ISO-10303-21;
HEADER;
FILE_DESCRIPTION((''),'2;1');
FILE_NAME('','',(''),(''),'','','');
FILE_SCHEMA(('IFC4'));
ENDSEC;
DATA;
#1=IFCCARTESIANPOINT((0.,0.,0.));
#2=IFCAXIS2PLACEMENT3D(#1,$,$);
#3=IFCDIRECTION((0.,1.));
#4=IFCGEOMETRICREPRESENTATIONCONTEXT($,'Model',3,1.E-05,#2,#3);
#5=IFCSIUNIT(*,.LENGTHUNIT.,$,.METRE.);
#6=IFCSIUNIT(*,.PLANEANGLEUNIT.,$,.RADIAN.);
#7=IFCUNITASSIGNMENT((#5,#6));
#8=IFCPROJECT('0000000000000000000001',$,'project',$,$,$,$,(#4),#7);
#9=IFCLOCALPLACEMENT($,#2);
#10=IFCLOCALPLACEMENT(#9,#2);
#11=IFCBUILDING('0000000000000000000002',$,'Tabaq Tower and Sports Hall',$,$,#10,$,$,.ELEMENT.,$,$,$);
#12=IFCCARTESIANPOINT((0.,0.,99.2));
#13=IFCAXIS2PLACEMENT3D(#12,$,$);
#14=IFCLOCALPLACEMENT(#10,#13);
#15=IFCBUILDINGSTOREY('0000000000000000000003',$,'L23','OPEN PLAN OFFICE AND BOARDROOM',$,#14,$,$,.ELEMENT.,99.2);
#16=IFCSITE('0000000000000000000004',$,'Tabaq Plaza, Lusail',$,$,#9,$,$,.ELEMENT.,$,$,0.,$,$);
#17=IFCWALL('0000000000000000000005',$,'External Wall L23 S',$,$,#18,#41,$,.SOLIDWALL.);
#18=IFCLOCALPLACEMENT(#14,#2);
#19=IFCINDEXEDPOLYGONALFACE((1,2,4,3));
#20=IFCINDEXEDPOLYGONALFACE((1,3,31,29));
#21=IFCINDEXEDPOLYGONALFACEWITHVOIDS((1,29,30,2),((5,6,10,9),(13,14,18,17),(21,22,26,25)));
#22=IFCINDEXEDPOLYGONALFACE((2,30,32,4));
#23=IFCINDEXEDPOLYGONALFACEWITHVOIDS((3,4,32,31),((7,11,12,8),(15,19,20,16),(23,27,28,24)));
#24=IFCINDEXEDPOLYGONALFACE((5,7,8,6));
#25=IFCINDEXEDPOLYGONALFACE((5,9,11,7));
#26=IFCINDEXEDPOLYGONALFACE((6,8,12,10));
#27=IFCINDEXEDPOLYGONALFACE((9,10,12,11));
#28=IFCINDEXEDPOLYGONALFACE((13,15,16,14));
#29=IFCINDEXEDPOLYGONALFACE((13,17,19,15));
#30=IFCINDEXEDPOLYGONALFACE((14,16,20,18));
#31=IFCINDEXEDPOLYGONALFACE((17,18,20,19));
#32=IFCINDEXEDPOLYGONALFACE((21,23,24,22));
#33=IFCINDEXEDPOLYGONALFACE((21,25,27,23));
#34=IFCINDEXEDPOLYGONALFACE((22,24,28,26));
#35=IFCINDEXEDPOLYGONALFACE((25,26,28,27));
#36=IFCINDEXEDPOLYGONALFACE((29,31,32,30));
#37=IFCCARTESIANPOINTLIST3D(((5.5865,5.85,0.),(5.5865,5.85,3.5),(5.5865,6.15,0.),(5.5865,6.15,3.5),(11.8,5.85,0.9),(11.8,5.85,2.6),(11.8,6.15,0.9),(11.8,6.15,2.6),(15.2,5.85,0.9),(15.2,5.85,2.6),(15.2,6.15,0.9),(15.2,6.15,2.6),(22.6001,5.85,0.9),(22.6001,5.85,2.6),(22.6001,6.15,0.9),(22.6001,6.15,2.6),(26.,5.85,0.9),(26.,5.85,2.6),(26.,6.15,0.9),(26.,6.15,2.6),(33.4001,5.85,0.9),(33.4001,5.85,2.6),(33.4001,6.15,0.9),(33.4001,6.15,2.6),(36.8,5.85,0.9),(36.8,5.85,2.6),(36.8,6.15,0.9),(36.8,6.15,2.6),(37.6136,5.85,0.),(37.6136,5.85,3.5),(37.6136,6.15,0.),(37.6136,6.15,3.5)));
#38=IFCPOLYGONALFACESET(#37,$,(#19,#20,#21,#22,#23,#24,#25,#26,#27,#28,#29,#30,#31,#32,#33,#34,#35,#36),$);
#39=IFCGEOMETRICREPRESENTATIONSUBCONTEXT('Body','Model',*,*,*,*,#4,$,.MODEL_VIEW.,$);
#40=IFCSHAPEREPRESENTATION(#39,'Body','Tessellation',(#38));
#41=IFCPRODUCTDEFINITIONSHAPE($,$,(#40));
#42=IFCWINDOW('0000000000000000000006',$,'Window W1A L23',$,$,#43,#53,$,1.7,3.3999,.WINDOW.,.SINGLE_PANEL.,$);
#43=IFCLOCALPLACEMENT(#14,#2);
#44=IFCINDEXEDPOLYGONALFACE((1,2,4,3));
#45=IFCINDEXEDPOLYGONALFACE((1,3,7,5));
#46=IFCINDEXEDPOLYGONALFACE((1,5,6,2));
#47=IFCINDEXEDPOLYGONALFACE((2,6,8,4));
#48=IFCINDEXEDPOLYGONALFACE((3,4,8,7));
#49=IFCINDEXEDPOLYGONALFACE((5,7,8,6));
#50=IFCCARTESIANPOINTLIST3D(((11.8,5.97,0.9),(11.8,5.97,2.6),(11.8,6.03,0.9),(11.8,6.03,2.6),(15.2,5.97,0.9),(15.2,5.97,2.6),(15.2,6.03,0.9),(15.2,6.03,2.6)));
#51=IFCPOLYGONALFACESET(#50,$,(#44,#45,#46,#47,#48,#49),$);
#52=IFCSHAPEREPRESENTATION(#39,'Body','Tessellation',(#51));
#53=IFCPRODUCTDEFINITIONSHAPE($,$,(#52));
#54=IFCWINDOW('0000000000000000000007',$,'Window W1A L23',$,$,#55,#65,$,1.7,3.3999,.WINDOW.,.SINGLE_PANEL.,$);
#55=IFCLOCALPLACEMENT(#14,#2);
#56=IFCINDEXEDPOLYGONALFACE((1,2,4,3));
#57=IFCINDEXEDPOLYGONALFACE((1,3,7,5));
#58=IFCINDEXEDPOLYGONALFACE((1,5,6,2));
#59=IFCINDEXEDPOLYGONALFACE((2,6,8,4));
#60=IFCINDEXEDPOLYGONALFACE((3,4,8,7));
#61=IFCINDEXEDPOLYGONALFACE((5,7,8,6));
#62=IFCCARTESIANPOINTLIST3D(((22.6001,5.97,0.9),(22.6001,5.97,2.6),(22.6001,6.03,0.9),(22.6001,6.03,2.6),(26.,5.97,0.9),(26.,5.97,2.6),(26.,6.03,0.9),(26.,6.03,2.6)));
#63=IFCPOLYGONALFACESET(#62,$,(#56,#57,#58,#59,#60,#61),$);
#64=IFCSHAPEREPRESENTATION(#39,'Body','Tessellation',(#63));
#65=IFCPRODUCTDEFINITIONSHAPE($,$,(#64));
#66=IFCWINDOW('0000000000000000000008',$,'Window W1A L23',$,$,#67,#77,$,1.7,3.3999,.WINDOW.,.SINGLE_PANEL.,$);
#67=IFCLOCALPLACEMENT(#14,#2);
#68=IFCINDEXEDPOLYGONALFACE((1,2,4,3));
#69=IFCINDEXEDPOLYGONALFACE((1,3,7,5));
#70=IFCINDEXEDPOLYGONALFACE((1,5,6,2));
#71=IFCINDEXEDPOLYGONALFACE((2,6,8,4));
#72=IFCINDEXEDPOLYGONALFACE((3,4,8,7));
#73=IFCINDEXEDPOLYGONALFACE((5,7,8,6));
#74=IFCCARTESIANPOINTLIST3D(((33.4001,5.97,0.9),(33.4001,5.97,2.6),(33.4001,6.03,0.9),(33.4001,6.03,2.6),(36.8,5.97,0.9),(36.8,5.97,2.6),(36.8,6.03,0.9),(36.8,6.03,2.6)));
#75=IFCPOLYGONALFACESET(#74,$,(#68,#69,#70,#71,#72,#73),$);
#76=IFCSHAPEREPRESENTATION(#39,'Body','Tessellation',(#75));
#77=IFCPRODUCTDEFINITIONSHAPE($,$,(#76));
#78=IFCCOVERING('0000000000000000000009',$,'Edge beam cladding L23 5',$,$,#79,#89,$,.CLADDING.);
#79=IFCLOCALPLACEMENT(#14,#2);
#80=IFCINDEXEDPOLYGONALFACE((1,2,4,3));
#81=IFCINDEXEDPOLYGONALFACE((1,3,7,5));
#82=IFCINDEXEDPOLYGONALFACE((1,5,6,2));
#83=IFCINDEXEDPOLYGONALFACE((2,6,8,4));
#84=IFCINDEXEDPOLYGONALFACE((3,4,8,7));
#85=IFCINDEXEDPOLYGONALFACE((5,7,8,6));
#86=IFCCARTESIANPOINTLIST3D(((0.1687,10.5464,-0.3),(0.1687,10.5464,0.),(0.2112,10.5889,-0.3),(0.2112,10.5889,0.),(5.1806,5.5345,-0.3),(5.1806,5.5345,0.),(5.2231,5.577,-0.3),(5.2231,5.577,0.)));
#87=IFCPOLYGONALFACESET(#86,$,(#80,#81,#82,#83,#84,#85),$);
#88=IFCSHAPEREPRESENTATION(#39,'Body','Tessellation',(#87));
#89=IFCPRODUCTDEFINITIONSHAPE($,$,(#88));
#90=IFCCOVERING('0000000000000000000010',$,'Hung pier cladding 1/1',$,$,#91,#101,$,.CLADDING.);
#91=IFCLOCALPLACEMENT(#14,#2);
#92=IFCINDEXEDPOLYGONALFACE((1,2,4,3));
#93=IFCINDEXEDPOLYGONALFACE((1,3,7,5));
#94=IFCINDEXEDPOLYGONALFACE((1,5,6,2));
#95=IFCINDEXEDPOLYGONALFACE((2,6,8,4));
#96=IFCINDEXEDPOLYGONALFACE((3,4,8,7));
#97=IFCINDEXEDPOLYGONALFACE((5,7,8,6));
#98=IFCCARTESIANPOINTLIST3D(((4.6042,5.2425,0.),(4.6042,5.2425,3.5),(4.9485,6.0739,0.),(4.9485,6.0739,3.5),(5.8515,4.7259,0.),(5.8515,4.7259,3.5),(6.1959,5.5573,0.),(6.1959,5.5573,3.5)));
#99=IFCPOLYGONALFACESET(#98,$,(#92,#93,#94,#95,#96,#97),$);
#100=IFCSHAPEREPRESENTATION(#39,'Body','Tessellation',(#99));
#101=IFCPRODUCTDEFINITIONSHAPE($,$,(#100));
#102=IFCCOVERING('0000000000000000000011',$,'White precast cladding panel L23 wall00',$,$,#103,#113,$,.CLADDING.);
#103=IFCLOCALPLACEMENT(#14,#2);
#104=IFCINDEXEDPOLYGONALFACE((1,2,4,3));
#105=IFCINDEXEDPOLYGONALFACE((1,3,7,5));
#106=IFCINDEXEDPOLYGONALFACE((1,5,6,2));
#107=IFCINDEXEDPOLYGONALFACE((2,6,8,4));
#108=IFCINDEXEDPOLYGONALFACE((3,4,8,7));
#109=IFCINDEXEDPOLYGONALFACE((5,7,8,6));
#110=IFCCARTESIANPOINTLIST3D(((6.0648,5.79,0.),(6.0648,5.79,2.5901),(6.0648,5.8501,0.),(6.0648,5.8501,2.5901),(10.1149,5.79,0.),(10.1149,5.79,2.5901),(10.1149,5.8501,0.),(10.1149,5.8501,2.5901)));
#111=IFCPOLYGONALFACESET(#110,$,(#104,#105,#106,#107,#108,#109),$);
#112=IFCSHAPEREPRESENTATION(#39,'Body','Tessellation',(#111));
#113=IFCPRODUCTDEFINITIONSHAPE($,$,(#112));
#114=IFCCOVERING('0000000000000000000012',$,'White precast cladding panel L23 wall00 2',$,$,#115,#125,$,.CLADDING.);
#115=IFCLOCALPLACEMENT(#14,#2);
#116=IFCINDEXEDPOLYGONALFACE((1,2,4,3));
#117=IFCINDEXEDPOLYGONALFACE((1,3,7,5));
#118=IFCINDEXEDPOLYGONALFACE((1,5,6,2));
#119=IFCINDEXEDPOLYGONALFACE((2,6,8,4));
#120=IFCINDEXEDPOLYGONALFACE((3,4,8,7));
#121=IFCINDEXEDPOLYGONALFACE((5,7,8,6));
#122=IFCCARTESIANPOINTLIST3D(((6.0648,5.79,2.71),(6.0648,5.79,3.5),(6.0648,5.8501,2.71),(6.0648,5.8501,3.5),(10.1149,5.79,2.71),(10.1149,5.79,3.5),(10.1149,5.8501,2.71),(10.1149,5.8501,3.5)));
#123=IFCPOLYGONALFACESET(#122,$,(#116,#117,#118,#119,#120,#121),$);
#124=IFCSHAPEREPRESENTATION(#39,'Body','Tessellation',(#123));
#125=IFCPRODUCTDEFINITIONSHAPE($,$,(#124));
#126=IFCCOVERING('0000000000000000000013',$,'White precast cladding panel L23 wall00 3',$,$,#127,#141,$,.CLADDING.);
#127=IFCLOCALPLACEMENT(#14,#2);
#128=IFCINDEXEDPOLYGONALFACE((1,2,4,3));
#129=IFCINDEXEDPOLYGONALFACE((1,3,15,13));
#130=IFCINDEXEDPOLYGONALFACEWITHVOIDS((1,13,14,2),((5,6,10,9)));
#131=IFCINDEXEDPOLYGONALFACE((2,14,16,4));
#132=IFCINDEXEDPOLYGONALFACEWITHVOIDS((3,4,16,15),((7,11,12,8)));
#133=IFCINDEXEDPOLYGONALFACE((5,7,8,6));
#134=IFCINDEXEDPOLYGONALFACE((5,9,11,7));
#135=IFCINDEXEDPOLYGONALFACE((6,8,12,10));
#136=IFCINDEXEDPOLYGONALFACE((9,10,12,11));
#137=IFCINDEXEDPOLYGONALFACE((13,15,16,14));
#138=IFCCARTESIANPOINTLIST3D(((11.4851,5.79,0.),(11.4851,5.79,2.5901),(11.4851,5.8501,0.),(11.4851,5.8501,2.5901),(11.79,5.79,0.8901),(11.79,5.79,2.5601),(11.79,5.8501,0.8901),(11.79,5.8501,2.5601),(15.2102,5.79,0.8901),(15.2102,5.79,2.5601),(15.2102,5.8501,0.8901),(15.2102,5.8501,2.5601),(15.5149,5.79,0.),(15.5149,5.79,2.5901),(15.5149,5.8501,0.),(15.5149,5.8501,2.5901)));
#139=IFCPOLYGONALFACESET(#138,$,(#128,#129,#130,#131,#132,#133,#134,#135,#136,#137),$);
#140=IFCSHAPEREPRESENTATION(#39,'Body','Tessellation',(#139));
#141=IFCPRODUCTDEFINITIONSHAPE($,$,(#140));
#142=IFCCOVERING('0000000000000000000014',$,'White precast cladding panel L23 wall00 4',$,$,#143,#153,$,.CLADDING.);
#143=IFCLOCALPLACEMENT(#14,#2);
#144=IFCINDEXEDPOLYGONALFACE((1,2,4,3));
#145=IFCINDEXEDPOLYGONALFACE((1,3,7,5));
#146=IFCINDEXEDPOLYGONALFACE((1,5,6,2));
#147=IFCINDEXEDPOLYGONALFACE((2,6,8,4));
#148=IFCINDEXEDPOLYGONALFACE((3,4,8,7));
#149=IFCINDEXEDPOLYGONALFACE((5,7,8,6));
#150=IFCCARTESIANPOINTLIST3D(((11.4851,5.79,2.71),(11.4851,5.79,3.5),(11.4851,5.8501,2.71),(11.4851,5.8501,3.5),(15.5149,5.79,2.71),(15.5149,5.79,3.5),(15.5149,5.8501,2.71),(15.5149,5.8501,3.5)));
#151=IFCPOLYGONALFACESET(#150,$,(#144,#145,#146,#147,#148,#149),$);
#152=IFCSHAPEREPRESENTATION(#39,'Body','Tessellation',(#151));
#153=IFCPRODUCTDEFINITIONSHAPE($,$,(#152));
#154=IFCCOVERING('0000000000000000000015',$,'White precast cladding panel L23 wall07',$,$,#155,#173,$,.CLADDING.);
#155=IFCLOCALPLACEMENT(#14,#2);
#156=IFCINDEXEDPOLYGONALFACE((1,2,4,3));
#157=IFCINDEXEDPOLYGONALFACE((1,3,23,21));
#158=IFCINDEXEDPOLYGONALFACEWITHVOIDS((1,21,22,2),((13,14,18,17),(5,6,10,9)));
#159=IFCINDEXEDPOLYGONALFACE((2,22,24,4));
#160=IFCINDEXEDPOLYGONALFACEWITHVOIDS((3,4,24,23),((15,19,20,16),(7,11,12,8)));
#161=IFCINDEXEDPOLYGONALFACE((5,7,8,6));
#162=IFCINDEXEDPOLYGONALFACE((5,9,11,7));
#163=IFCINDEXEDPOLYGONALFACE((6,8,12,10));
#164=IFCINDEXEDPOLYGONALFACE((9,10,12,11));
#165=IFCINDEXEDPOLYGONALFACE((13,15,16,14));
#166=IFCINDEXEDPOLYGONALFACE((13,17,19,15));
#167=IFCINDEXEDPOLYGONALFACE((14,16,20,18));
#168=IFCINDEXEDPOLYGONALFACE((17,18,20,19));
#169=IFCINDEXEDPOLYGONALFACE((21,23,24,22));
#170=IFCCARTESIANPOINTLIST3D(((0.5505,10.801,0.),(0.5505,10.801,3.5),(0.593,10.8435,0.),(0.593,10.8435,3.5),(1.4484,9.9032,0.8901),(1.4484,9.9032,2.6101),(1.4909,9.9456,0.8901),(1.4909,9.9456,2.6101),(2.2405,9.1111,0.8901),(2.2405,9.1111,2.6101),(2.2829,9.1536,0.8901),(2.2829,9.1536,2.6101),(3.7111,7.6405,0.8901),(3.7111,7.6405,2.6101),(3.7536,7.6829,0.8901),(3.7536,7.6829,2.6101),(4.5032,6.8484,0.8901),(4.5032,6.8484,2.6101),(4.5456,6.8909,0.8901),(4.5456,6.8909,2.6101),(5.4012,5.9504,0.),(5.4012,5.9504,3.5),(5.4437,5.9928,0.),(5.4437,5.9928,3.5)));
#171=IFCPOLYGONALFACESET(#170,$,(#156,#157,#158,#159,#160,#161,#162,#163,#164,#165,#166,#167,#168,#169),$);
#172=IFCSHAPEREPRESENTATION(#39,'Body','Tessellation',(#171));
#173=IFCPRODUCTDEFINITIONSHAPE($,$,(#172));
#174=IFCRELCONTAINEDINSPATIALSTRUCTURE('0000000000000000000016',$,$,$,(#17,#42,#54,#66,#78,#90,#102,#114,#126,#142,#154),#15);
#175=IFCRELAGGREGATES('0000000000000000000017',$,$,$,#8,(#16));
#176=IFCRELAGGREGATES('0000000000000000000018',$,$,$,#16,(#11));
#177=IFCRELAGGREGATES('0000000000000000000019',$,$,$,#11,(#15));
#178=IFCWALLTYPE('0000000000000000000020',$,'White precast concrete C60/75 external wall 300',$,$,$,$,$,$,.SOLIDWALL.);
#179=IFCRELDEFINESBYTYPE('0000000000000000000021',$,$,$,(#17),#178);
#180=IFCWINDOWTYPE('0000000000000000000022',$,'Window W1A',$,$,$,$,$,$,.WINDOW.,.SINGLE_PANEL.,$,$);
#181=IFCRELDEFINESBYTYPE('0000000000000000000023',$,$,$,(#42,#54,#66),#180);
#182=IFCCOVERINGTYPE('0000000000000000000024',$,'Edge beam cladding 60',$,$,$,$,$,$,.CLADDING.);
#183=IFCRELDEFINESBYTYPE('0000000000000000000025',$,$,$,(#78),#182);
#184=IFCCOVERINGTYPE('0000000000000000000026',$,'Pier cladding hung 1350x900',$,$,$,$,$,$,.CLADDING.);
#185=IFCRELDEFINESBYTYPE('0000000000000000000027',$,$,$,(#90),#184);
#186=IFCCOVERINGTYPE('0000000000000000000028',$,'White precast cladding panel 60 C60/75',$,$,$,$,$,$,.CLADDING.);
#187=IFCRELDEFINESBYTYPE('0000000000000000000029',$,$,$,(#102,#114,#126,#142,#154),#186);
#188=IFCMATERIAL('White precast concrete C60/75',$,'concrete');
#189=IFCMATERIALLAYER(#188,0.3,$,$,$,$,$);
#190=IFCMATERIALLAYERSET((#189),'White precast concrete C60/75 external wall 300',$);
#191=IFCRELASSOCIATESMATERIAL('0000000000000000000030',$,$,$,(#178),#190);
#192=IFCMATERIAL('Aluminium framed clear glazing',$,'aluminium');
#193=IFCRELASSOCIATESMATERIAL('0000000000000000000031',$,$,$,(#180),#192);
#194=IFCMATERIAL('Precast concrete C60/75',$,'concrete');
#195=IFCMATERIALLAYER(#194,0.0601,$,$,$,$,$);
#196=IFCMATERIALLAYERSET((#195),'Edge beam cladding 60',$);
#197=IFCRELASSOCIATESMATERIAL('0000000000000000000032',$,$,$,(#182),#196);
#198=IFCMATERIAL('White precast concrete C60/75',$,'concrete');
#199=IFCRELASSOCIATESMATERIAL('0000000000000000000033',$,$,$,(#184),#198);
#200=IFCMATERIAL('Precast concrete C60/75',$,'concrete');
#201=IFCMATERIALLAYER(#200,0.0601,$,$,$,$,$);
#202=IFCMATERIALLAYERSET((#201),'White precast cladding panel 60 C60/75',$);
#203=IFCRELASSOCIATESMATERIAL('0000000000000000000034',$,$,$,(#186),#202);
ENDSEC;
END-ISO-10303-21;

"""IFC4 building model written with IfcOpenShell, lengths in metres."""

from ifc_helpers import new_model, si_unit, direction, frame, frame_2d, origin, place, context, subcontext, project, spatial, polyline, rectangle, outline, extrude, material, layer, layer_set, type_object, element, fill, save


model = new_model("IFC4")

# Units and contexts
model_context = context("Model", 3, precision=1e-05, world=origin(), true_north=direction((0.0, 1.0)))
body_context = subcontext(model_context, "Body", "Model", "MODEL_VIEW")
ifc_project = project(units=[si_unit("LENGTHUNIT", "METRE"), si_unit("PLANEANGLEUNIT", "RADIAN")], contexts=[model_context])

# Site, building, storey
site_placement = place(None, origin())
site = spatial("IfcSite", under=ifc_project, at=site_placement, Name="Tabaq Plaza, Lusail", CompositionType="ELEMENT", RefElevation=0.0)
building_placement = place(site_placement, origin())
building = spatial("IfcBuilding", under=site, at=building_placement, Name="Tabaq Tower and Sports Hall", CompositionType="ELEMENT")
storey_placement = place(building_placement, frame((0.0, 0.0, 99.2)))
storey = spatial("IfcBuildingStorey", under=building, at=storey_placement, Name="L23", Description="OPEN PLAN OFFICE AND BOARDROOM", CompositionType="ELEMENT", Elevation=99.2)

# Wall, openings, windows
ifc_material_1 = material(Name="White precast concrete C60/75", Category="concrete")
ifc_layer_1 = layer(ifc_material_1, 0.3)
ifc_layer_set_1 = layer_set([ifc_layer_1], Name="White precast concrete C60/75 external wall 300")
wall_type_1 = type_object("IfcWallType", Name="White precast concrete C60/75 external wall 300", PredefinedType="SOLIDWALL", material=ifc_layer_set_1)
wall_1_placement = place(storey_placement, frame((5.5864, 6.0, 0.0), z_axis=(0.0, 0.0, 1.0), x_axis=(1.0, 0.0, 0.0)))
wall_1 = element("IfcWall", 1, at=wall_1_placement, inside=storey, type_object=wall_type_1, Name="External Wall L23 S", PredefinedType="SOLIDWALL", context=body_context, shape_type="SweptSolid", body=[
    extrude(rectangle(XDim=32.0271, YDim=0.3, at=frame_2d((16.0137, 0.0))), origin(), (0.0, 0.0, 1.0), 3.5),
])
opening_1_placement = place(wall_1_placement, frame((6.2136, 0.0, 0.8999)))
opening_1 = element("IfcOpeningElement", 2, at=opening_1_placement, cuts=wall_1, PredefinedType="OPENING", context=body_context, shape_type="SweptSolid", body=[
    extrude(rectangle(XDim=3.3999, YDim=1.7, at=frame_2d((1.7, 0.8501))), frame((0.0, 0.1602, 0.0), z_axis=(0.0, -1.0, 0.0), x_axis=(1.0, 0.0, 0.0)), (0.0, 0.0, 1.0), 0.3201),
])
opening_2_placement = place(wall_1_placement, frame((17.0137, 0.0, 0.8999)))
opening_2 = element("IfcOpeningElement", 3, at=opening_2_placement, cuts=wall_1, PredefinedType="OPENING", context=body_context, shape_type="SweptSolid", body=[
    extrude(rectangle(XDim=3.3999, YDim=1.7, at=frame_2d((1.7, 0.8501))), frame((0.0, 0.1602, 0.0), z_axis=(0.0, -1.0, 0.0), x_axis=(1.0, 0.0, 0.0)), (0.0, 0.0, 1.0), 0.3201),
])
opening_3_placement = place(wall_1_placement, frame((27.8137, 0.0, 0.8999)))
opening_3 = element("IfcOpeningElement", 4, at=opening_3_placement, cuts=wall_1, PredefinedType="OPENING", context=body_context, shape_type="SweptSolid", body=[
    extrude(rectangle(XDim=3.3999, YDim=1.7, at=frame_2d((1.7, 0.8501))), frame((0.0, 0.1602, 0.0), z_axis=(0.0, -1.0, 0.0), x_axis=(1.0, 0.0, 0.0)), (0.0, 0.0, 1.0), 0.3201),
])
ifc_material_2 = material(Name="Aluminium framed clear glazing", Category="aluminium")
window_type = type_object("IfcWindowType", Name="Window W1A", PartitioningType="SINGLE_PANEL", PredefinedType="WINDOW", material=ifc_material_2)
window_1_placement = place(opening_1_placement, origin())
window_1 = element("IfcWindow", 5, at=window_1_placement, inside=storey, type_object=window_type, Name="Window W1A L23", OverallHeight=1.7, OverallWidth=3.3999, PartitioningType="SINGLE_PANEL", PredefinedType="WINDOW", context=body_context, shape_type="SweptSolid", body=[
    extrude(rectangle(XDim=3.3999, YDim=1.7, at=frame_2d((1.7, 0.8501))), frame((0.0, 0.03, 0.0), z_axis=(0.0, -1.0, 0.0), x_axis=(1.0, 0.0, 0.0)), (0.0, 0.0, 1.0), 0.0601),
])
fill(opening_1, window_1)
window_2_placement = place(opening_2_placement, origin())
window_2 = element("IfcWindow", 6, at=window_2_placement, inside=storey, type_object=window_type, Name="Window W1A L23", OverallHeight=1.7, OverallWidth=3.3999, PartitioningType="SINGLE_PANEL", PredefinedType="WINDOW", context=body_context, shape_type="SweptSolid", body=[
    extrude(rectangle(XDim=3.3999, YDim=1.7, at=frame_2d((1.7, 0.8501))), frame((0.0, 0.03, 0.0), z_axis=(0.0, -1.0, 0.0), x_axis=(1.0, 0.0, 0.0)), (0.0, 0.0, 1.0), 0.0601),
])
fill(opening_2, window_2)
window_3_placement = place(opening_3_placement, origin())
window_3 = element("IfcWindow", 7, at=window_3_placement, inside=storey, type_object=window_type, Name="Window W1A L23", OverallHeight=1.7, OverallWidth=3.3999, PartitioningType="SINGLE_PANEL", PredefinedType="WINDOW", context=body_context, shape_type="SweptSolid", body=[
    extrude(rectangle(XDim=3.3999, YDim=1.7, at=frame_2d((1.7, 0.8501))), frame((0.0, 0.03, 0.0), z_axis=(0.0, -1.0, 0.0), x_axis=(1.0, 0.0, 0.0)), (0.0, 0.0, 1.0), 0.0601),
])
fill(opening_3, window_3)

# Coverings
ifc_material_3 = material(Name="Precast concrete C60/75", Category="concrete")
ifc_layer_2 = layer(ifc_material_3, 0.0601)
ifc_layer_set_2 = layer_set([ifc_layer_2], Name="Edge beam cladding 60")
covering_type_1 = type_object("IfcCoveringType", Name="Edge beam cladding 60", PredefinedType="CLADDING", material=ifc_layer_set_2)
covering_1_placement = place(storey_placement, frame((0.1899, 10.5676, -0.3), z_axis=(0.0, 0.0, 1.0), x_axis=(0.707107, -0.707107, 0.0)))
element("IfcCovering", 8, at=covering_1_placement, inside=storey, type_object=covering_type_1, Name="Edge beam cladding L23 5", PredefinedType="CLADDING", context=body_context, shape_type="SweptSolid", body=[
    extrude(rectangle(XDim=7.0879, YDim=0.0601, at=frame_2d((3.5439, 0.0))), origin(), (0.0, 0.0, 1.0), 0.3),
])
ifc_material_4 = material(Name="White precast concrete C60/75", Category="concrete")
covering_type_2 = type_object("IfcCoveringType", Name="Pier cladding hung 1350x900", PredefinedType="CLADDING", material=ifc_material_4)
covering_2_placement = place(storey_placement, frame((4.7764, 5.6582, 0.0), z_axis=(0.0, 0.0, 1.0), x_axis=(0.923893, -0.38265, 0.0)))
element("IfcCovering", 9, at=covering_2_placement, inside=storey, type_object=covering_type_2, Name="Hung pier cladding 1/1", PredefinedType="CLADDING", context=body_context, shape_type="SweptSolid", body=[
    extrude(rectangle(XDim=1.3501, YDim=0.8999, at=frame_2d((0.675, 0.0))), origin(), (0.0, 0.0, 1.0), 3.5),
])
ifc_material_5 = material(Name="Precast concrete C60/75", Category="concrete")
ifc_layer_3 = layer(ifc_material_5, 0.0601)
ifc_layer_set_3 = layer_set([ifc_layer_3], Name="White precast cladding panel 60 C60/75")
covering_type_3 = type_object("IfcCoveringType", Name="White precast cladding panel 60 C60/75", PredefinedType="CLADDING", material=ifc_layer_set_3)
covering_3_placement = place(storey_placement, frame((6.0649, 5.8201, 0.0), z_axis=(0.0, 0.0, 1.0), x_axis=(1.0, 0.0, 0.0)))
element("IfcCovering", 10, at=covering_3_placement, inside=storey, type_object=covering_type_3, Name="White precast cladding panel L23 wall00", PredefinedType="CLADDING", context=body_context, shape_type="SweptSolid", body=[
    extrude(rectangle(XDim=4.05, YDim=0.0601, at=frame_2d((2.0249, 0.0))), origin(), (0.0, 0.0, 1.0), 2.5901),
])
covering_4_placement = place(storey_placement, frame((6.0649, 5.8201, 2.71), z_axis=(0.0, 0.0, 1.0), x_axis=(1.0, 0.0, 0.0)))
element("IfcCovering", 11, at=covering_4_placement, inside=storey, type_object=covering_type_3, Name="White precast cladding panel L23 wall00 2", PredefinedType="CLADDING", context=body_context, shape_type="SweptSolid", body=[
    extrude(rectangle(XDim=4.05, YDim=0.0601, at=frame_2d((2.0249, 0.0))), origin(), (0.0, 0.0, 1.0), 0.79),
])
covering_5_placement = place(storey_placement, frame((11.4851, 5.8201, 0.0), z_axis=(0.0, 0.0, 1.0), x_axis=(1.0, 0.0, 0.0)))
element("IfcCovering", 12, at=covering_5_placement, inside=storey, type_object=covering_type_3, Name="White precast cladding panel L23 wall00 3", PredefinedType="CLADDING", context=body_context, shape_type="SweptSolid", body=[
    extrude(outline(polyline([(0.0, 0.0), (4.0298, 0.0), (4.0298, 2.5901), (0.0, 2.5901), (0.0, 0.0)]), holes=[polyline([(3.7251, 0.8901), (0.3049, 0.8901), (0.3049, 2.5601), (3.7251, 2.5601), (3.7251, 0.8901)])]), frame((0.0, 0.03, 0.0), z_axis=(0.0, -1.0, 0.0), x_axis=(1.0, 0.0, 0.0)), (0.0, 0.0, 1.0), 0.0601),
])
covering_6_placement = place(storey_placement, frame((11.4851, 5.8201, 2.71), z_axis=(0.0, 0.0, 1.0), x_axis=(1.0, 0.0, 0.0)))
element("IfcCovering", 13, at=covering_6_placement, inside=storey, type_object=covering_type_3, Name="White precast cladding panel L23 wall00 4", PredefinedType="CLADDING", context=body_context, shape_type="SweptSolid", body=[
    extrude(rectangle(XDim=4.0298, YDim=0.0601, at=frame_2d((2.0149, 0.0))), origin(), (0.0, 0.0, 1.0), 0.79),
])
covering_7_placement = place(storey_placement, frame((0.5718, 10.8223, 0.0), z_axis=(0.0, 0.0, 1.0), x_axis=(0.707107, -0.707107, 0.0)))
element("IfcCovering", 14, at=covering_7_placement, inside=storey, type_object=covering_type_3, Name="White precast cladding panel L23 wall07", PredefinedType="CLADDING", context=body_context, shape_type="SweptSolid", body=[
    extrude(outline(polyline([(0.0, 0.0), (6.8599, 0.0), (6.8599, 3.5), (0.0, 3.5), (0.0, 0.0)]), holes=[polyline([(1.2698, 2.6101), (2.3899, 2.6101), (2.3899, 0.8901), (1.2698, 0.8901), (1.2698, 2.6101)]), polyline([(4.4697, 2.6101), (5.5898, 2.6101), (5.5898, 0.8901), (4.4697, 0.8901), (4.4697, 2.6101)])]), frame((0.0, 0.03, 0.0), z_axis=(0.0, -1.0, 0.0), x_axis=(1.0, 0.0, 0.0)), (0.0, 0.0, 1.0), 0.0601),
])

save(model, "model.ifc")
